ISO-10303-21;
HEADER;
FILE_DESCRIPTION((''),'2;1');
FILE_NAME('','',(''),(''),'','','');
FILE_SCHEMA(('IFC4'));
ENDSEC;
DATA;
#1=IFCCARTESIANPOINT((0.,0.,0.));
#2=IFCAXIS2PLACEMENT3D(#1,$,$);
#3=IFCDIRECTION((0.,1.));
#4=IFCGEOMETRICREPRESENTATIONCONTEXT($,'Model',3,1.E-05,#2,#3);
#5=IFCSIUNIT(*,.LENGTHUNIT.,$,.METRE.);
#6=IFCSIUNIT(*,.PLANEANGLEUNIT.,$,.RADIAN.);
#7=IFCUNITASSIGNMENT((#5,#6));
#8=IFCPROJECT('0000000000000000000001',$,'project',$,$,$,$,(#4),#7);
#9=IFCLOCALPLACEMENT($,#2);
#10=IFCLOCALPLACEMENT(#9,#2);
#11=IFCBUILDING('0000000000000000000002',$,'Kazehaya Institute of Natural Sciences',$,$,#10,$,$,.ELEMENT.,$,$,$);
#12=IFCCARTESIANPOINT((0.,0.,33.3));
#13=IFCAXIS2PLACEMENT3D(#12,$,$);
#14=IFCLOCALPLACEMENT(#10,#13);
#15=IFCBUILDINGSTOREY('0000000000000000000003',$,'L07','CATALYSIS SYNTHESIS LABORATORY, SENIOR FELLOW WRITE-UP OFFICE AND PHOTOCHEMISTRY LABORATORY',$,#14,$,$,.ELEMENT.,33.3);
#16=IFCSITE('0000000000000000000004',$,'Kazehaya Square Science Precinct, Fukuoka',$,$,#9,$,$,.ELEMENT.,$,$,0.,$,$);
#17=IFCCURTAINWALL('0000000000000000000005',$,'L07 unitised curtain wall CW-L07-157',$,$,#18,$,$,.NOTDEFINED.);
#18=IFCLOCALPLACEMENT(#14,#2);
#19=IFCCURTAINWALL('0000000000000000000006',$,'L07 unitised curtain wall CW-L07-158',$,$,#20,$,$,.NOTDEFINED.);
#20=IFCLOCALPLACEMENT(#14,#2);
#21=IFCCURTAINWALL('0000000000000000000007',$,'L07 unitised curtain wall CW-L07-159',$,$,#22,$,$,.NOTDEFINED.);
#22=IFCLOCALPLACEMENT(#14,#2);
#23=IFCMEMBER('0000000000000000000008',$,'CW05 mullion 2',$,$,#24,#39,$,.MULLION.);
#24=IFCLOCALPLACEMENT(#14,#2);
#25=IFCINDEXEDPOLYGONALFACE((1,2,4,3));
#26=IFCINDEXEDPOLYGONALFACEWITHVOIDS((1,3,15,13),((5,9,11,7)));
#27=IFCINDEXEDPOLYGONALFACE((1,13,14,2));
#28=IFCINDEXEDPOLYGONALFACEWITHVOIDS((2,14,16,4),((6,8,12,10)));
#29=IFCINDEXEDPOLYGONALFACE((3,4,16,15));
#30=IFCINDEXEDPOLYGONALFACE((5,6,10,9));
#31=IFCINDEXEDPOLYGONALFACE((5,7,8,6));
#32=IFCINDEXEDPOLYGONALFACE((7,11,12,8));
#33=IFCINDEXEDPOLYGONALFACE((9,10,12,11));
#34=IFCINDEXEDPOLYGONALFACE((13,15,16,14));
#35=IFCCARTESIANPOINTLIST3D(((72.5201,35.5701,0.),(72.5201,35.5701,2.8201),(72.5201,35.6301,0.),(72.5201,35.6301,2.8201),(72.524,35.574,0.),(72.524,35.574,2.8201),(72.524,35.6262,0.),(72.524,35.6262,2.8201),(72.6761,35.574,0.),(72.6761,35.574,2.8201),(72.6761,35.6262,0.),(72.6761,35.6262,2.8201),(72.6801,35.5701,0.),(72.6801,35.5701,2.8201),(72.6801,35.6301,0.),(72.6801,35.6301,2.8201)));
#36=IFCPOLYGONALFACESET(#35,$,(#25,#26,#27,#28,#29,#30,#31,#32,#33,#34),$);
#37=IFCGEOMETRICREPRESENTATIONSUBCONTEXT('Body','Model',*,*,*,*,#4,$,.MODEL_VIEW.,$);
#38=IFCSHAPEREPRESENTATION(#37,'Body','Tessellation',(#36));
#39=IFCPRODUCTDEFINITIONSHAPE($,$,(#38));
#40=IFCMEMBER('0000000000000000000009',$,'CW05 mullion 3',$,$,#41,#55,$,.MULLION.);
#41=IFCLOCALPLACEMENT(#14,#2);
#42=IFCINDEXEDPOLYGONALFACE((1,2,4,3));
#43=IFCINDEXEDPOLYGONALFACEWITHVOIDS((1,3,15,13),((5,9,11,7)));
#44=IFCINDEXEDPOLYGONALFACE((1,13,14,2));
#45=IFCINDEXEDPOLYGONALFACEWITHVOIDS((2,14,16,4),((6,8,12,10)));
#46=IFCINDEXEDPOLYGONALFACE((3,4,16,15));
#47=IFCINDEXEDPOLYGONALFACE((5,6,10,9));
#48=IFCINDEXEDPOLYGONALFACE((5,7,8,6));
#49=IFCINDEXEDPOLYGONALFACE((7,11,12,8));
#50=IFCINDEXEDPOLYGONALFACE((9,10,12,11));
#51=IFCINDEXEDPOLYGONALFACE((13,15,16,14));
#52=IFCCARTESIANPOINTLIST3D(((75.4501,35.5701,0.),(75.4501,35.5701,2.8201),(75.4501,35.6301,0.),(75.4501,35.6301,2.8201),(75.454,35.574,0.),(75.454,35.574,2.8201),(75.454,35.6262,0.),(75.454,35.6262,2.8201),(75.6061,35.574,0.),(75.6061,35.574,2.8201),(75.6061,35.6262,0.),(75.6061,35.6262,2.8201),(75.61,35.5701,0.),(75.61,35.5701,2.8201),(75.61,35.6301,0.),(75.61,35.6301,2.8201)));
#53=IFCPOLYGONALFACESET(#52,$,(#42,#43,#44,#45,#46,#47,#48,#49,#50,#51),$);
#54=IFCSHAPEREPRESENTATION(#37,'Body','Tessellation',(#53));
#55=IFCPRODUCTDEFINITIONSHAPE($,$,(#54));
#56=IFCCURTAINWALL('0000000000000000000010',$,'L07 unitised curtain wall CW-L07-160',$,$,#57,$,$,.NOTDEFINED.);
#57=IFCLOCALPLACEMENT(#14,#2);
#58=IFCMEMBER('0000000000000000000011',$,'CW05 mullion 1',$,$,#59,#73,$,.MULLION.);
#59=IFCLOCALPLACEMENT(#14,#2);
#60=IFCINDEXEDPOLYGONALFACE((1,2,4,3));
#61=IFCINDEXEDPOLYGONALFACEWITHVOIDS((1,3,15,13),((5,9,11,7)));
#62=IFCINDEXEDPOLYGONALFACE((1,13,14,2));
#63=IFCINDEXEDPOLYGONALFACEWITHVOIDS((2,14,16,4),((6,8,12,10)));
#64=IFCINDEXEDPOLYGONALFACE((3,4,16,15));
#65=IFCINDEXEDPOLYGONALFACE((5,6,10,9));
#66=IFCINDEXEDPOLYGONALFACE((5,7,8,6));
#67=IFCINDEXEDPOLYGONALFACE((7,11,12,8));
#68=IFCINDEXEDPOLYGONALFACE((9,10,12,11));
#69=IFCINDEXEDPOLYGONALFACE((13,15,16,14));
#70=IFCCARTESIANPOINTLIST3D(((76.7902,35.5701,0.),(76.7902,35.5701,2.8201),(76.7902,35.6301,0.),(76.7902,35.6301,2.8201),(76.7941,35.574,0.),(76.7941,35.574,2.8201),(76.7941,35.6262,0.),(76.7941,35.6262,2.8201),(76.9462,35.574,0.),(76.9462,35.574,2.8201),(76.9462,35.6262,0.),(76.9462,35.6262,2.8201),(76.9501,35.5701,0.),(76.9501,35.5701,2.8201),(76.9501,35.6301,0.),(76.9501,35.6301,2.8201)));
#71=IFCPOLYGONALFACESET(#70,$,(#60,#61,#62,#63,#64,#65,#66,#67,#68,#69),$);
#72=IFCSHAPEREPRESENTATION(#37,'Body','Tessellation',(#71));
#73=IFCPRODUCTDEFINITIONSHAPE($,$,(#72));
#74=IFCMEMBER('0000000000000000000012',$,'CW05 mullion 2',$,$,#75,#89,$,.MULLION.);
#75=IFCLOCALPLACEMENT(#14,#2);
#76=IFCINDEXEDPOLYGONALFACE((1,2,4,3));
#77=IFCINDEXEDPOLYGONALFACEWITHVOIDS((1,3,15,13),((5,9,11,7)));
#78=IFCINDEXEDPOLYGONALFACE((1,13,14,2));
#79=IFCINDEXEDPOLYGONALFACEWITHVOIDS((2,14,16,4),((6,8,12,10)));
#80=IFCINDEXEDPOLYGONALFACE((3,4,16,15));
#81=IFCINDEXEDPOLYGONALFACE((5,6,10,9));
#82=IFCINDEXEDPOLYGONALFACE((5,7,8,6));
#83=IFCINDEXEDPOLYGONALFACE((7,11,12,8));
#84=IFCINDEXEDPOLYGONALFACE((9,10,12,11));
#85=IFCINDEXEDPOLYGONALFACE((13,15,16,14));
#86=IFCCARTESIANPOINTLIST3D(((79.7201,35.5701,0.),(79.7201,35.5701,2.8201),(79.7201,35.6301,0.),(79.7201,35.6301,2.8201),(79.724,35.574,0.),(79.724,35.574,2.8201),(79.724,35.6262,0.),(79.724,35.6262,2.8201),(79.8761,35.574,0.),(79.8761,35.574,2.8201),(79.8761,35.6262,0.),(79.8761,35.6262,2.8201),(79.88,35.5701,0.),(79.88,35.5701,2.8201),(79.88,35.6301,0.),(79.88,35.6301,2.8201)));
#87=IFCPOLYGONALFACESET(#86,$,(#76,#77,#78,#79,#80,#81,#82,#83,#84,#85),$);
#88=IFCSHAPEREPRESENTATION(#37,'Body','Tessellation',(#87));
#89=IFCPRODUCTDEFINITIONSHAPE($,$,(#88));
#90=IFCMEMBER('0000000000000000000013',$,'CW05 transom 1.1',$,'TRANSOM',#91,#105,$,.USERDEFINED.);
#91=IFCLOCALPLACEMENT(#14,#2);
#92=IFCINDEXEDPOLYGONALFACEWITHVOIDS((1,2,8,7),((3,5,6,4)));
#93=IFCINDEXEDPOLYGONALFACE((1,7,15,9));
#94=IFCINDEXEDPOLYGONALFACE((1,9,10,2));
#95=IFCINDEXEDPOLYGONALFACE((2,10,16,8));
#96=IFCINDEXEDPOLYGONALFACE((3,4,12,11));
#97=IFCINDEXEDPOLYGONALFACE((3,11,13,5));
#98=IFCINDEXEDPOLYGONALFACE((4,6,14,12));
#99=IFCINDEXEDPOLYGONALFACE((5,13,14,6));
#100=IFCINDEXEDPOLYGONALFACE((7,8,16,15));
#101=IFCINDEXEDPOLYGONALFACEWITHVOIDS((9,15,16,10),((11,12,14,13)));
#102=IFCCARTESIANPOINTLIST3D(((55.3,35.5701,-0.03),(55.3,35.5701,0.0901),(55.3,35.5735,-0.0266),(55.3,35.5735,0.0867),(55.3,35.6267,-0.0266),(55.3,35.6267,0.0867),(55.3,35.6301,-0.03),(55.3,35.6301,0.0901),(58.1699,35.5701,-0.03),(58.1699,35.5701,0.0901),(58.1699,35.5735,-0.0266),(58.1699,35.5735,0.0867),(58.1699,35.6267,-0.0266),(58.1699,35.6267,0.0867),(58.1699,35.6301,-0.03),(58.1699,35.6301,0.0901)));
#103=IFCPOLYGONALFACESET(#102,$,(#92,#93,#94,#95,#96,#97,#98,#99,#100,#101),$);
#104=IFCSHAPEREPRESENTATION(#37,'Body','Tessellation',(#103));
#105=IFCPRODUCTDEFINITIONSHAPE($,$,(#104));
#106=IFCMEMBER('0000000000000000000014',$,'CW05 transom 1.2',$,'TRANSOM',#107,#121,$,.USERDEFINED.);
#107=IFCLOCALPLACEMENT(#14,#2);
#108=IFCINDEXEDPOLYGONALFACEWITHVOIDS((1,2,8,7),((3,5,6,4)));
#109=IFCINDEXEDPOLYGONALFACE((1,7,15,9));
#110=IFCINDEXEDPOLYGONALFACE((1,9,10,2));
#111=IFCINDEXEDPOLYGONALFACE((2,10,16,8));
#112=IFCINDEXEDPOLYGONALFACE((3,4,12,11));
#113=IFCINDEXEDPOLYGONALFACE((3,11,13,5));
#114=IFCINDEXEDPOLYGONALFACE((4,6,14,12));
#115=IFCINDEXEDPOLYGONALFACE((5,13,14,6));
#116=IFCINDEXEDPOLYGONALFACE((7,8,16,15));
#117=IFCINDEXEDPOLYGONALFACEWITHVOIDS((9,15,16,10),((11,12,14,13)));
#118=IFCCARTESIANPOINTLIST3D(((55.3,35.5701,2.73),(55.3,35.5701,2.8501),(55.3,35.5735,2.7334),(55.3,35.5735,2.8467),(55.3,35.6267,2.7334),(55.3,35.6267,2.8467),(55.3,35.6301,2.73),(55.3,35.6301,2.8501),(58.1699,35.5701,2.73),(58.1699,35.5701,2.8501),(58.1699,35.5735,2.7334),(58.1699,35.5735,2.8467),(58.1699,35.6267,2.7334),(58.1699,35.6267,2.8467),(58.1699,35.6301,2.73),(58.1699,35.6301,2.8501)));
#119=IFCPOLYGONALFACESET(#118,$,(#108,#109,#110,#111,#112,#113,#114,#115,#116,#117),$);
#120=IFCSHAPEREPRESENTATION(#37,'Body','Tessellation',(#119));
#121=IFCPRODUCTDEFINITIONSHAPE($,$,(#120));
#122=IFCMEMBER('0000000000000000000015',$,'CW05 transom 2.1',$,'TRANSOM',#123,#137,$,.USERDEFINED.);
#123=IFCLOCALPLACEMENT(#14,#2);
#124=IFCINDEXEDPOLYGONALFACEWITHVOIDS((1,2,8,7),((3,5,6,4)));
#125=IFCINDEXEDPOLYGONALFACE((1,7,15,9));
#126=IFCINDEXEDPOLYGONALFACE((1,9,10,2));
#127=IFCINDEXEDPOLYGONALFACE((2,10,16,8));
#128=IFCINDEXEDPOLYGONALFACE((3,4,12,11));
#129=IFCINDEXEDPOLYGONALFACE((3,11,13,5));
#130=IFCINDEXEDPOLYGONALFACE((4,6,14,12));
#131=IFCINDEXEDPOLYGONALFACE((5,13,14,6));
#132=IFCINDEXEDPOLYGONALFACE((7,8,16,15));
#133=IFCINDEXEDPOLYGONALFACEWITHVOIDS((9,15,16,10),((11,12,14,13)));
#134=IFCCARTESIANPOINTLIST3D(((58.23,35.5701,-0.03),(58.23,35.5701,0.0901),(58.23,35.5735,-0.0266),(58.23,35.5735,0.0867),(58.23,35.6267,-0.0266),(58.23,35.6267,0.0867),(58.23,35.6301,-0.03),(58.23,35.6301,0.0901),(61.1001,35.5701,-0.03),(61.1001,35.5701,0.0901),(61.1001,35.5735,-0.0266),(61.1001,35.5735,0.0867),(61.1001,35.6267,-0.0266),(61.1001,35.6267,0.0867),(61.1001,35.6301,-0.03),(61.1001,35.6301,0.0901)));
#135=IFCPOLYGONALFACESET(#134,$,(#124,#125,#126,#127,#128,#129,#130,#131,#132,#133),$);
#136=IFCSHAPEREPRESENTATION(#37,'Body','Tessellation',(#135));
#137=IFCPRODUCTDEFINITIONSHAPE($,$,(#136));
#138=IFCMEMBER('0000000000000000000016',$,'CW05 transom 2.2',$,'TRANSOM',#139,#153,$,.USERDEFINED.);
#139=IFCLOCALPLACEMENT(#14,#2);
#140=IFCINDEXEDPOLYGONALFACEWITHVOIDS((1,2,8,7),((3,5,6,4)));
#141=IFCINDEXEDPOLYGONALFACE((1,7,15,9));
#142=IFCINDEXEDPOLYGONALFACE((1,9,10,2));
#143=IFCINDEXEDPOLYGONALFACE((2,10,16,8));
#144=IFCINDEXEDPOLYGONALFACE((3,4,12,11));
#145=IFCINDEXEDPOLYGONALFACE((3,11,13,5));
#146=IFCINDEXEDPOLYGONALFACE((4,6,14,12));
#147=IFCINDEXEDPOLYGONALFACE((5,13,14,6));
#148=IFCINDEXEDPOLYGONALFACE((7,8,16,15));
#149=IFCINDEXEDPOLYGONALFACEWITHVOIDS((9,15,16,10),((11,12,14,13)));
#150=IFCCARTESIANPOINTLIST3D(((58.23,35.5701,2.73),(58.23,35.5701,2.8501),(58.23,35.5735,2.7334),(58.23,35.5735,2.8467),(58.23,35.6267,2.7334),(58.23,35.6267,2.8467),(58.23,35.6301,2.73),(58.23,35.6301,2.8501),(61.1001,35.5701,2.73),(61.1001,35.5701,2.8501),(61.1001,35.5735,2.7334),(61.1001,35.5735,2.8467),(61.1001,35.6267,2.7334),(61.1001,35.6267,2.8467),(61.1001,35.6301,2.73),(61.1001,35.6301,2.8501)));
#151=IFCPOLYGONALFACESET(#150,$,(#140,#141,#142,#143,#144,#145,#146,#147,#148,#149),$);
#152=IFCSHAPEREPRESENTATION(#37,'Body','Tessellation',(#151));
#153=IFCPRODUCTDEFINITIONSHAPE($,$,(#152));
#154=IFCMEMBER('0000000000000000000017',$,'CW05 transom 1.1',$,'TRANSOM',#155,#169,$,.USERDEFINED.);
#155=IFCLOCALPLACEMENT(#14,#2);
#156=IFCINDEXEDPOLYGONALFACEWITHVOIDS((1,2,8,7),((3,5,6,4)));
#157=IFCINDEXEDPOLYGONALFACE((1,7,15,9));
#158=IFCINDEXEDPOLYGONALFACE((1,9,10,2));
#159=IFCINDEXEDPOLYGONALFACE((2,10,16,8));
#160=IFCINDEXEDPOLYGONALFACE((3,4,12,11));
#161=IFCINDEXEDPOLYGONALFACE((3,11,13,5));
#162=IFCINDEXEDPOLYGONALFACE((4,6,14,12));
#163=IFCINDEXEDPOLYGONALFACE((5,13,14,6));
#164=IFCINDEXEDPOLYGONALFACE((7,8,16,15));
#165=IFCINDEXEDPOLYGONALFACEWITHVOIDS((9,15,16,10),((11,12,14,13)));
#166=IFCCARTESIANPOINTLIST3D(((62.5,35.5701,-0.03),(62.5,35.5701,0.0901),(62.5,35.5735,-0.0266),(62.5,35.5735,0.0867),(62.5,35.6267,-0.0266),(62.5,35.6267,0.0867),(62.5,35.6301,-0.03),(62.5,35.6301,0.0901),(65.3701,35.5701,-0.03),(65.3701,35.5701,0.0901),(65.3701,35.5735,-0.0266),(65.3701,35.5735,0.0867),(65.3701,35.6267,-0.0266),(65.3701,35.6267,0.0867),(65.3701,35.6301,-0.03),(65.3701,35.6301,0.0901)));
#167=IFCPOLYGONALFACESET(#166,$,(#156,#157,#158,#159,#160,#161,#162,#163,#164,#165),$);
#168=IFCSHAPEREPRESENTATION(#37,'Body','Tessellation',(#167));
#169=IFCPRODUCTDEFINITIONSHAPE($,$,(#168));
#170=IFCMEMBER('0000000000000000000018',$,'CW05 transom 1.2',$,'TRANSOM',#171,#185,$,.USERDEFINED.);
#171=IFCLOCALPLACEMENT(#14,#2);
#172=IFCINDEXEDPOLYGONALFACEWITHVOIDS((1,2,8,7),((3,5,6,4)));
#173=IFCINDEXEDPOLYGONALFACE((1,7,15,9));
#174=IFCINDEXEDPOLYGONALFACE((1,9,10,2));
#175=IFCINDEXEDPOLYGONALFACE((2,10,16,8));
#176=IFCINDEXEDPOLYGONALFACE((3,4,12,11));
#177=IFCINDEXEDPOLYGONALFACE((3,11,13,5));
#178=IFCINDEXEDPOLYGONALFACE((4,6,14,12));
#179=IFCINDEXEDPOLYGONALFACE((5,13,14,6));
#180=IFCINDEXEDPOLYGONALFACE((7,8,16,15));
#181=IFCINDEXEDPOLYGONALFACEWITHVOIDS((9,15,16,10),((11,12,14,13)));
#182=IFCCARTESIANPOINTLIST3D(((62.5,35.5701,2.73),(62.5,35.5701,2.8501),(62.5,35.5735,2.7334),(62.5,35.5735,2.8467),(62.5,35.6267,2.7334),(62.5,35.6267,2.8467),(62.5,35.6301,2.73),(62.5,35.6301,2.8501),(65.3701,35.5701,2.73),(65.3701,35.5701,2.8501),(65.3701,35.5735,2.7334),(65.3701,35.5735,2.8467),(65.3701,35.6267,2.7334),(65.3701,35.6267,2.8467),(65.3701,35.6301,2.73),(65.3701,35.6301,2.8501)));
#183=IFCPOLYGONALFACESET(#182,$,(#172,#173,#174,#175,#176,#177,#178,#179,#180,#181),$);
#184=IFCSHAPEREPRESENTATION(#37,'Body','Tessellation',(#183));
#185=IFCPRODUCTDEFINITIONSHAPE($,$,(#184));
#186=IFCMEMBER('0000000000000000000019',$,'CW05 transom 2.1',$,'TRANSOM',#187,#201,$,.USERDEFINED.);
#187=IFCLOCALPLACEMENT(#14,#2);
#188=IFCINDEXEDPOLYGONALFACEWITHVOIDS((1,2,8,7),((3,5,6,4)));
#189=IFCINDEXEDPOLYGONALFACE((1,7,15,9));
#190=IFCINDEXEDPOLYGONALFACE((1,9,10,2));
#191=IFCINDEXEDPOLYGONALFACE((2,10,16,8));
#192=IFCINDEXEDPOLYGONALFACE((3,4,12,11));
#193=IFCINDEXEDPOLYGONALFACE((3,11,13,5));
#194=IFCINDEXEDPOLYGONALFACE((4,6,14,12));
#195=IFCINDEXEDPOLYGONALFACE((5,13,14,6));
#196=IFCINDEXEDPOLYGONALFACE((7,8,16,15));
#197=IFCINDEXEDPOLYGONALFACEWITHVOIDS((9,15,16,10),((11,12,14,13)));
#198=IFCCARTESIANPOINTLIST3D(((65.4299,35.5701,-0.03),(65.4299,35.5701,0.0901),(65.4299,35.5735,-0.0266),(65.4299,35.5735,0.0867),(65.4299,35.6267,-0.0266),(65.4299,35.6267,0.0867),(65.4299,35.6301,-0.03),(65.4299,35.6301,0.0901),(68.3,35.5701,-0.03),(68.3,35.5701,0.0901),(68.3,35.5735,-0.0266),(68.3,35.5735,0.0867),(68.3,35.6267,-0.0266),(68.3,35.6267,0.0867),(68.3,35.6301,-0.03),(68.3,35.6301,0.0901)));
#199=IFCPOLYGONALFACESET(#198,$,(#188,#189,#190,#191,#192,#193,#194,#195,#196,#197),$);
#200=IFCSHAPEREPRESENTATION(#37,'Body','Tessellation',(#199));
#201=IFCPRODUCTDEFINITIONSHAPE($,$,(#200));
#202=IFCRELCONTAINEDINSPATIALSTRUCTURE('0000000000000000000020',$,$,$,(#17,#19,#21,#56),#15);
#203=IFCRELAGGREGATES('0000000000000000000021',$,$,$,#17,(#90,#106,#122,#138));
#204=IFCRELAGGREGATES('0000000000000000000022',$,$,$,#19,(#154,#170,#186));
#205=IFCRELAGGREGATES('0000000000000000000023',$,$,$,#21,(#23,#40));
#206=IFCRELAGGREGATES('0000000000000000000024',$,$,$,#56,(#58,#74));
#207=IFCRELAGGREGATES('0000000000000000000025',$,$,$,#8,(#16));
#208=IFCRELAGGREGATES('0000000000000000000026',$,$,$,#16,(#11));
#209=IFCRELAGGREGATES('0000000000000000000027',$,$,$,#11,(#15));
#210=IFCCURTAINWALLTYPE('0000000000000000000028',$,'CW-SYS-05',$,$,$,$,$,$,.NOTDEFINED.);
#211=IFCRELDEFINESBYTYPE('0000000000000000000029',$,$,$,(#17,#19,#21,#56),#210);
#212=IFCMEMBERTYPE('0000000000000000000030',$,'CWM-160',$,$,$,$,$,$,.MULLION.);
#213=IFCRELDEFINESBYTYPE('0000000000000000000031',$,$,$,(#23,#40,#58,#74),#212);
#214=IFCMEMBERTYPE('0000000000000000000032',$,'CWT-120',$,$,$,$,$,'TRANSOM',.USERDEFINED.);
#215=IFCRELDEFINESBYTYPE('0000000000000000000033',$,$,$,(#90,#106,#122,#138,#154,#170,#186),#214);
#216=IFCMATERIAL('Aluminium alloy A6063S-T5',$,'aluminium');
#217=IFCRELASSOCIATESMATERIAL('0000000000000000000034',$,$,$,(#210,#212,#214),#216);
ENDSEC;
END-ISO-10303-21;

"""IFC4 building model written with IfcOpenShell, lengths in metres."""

from ifc_helpers import new_model, si_unit, direction, frame, origin, origin_2d, place, context, subcontext, project, spatial, hollow_rectangle, extrude, material, material_profile, profile_set, type_object, element, aggregate, save


model = new_model("IFC4")

# Units and contexts
model_context = context("Model", 3, precision=1e-05, world=origin(), true_north=direction((0.0, 1.0)))
body_context = subcontext(model_context, "Body", "Model", "MODEL_VIEW")
ifc_project = project(units=[si_unit("LENGTHUNIT", "METRE"), si_unit("PLANEANGLEUNIT", "RADIAN")], contexts=[model_context])

# Site, building, storey
site_placement = place(None, origin())
site = spatial("IfcSite", under=ifc_project, at=site_placement, Name="Kazehaya Square Science Precinct, Fukuoka", CompositionType="ELEMENT", RefElevation=0.0)
building_placement = place(site_placement, origin())
building = spatial("IfcBuilding", under=site, at=building_placement, Name="Kazehaya Institute of Natural Sciences", CompositionType="ELEMENT")
storey_placement = place(building_placement, frame((0.0, 0.0, 33.3)))
storey = spatial("IfcBuildingStorey", under=building, at=storey_placement, Name="L07", Description="CATALYSIS SYNTHESIS LABORATORY, SENIOR FELLOW WRITE-UP OFFICE AND PHOTOCHEMISTRY LABORATORY", CompositionType="ELEMENT", Elevation=33.3)

# Curtain walls, members
ifc_material_1 = material(Name="Aluminium alloy A6063S-T5", Category="aluminium")
curtain_wall_type = type_object("IfcCurtainWallType", Name="CW-SYS-05", PredefinedType="NOTDEFINED", material=ifc_material_1)
curtain_wall_1_placement = place(storey_placement, origin())
curtain_wall_1 = element("IfcCurtainWall", 1, at=curtain_wall_1_placement, inside=storey, type_object=curtain_wall_type, Name="L07 unitised curtain wall CW-L07-157", PredefinedType="NOTDEFINED")
ifc_material_profile_1 = material_profile(ifc_material_1, hollow_rectangle(XDim=0.0601, YDim=0.1599, WallThickness=0.0039, at=origin_2d()), Name="ALU-60x160x4")
ifc_profile_set_1 = profile_set([ifc_material_profile_1], Name="Aluminium alloy A6063S-T5")
member_type_1 = type_object("IfcMemberType", Name="CWM-160", PredefinedType="MULLION", material=ifc_profile_set_1)
curtain_wall_2_placement = place(storey_placement, origin())
curtain_wall_2 = element("IfcCurtainWall", 2, at=curtain_wall_2_placement, inside=storey, type_object=curtain_wall_type, Name="L07 unitised curtain wall CW-L07-158", PredefinedType="NOTDEFINED")
curtain_wall_3_placement = place(storey_placement, origin())
curtain_wall_3 = element("IfcCurtainWall", 3, at=curtain_wall_3_placement, inside=storey, type_object=curtain_wall_type, Name="L07 unitised curtain wall CW-L07-159", PredefinedType="NOTDEFINED")
member_1_placement = place(storey_placement, frame((72.6001, 35.6001, 0.0), z_axis=(0.0, 0.0, 1.0), x_axis=(0.0, 1.0, 0.0)))
member_1 = element("IfcMember", 4, at=member_1_placement, type_object=member_type_1, Name="CW05 mullion 2", PredefinedType="MULLION", context=body_context, shape_type="SweptSolid", body=[
    extrude(hollow_rectangle(XDim=0.0601, YDim=0.1599, WallThickness=0.0039, at=origin_2d()), origin(), (0.0, 0.0, 1.0), 2.8201),
])
member_2_placement = place(storey_placement, frame((75.53, 35.6001, 0.0), z_axis=(0.0, 0.0, 1.0), x_axis=(0.0, 1.0, 0.0)))
member_2 = element("IfcMember", 5, at=member_2_placement, type_object=member_type_1, Name="CW05 mullion 3", PredefinedType="MULLION", context=body_context, shape_type="SweptSolid", body=[
    extrude(hollow_rectangle(XDim=0.0601, YDim=0.1599, WallThickness=0.0039, at=origin_2d()), origin(), (0.0, 0.0, 1.0), 2.8201),
])
curtain_wall_4_placement = place(storey_placement, origin())
curtain_wall_4 = element("IfcCurtainWall", 6, at=curtain_wall_4_placement, inside=storey, type_object=curtain_wall_type, Name="L07 unitised curtain wall CW-L07-160", PredefinedType="NOTDEFINED")
member_3_placement = place(storey_placement, frame((76.8701, 35.6001, 0.0), z_axis=(0.0, 0.0, 1.0), x_axis=(0.0, 1.0, 0.0)))
member_3 = element("IfcMember", 7, at=member_3_placement, type_object=member_type_1, Name="CW05 mullion 1", PredefinedType="MULLION", context=body_context, shape_type="SweptSolid", body=[
    extrude(hollow_rectangle(XDim=0.0601, YDim=0.1599, WallThickness=0.0039, at=origin_2d()), origin(), (0.0, 0.0, 1.0), 2.8201),
])
member_4_placement = place(storey_placement, frame((79.8, 35.6001, 0.0), z_axis=(0.0, 0.0, 1.0), x_axis=(0.0, 1.0, 0.0)))
member_4 = element("IfcMember", 8, at=member_4_placement, type_object=member_type_1, Name="CW05 mullion 2", PredefinedType="MULLION", context=body_context, shape_type="SweptSolid", body=[
    extrude(hollow_rectangle(XDim=0.0601, YDim=0.1599, WallThickness=0.0039, at=origin_2d()), origin(), (0.0, 0.0, 1.0), 2.8201),
])

# Members
ifc_material_profile_2 = material_profile(ifc_material_1, hollow_rectangle(XDim=0.0601, YDim=0.1201, WallThickness=0.0034, at=origin_2d()), Name="ALU-60x120x3.5")
ifc_profile_set_2 = profile_set([ifc_material_profile_2], Name="Aluminium alloy A6063S-T5")
member_type_2 = type_object("IfcMemberType", Name="CWT-120", ElementType="TRANSOM", PredefinedType="USERDEFINED", material=ifc_profile_set_2)
member_5_placement = place(storey_placement, frame((55.3, 35.6001, 0.03), z_axis=(1.0, 0.0, 0.0), x_axis=(0.0, 1.0, 0.0)))
member_5 = element("IfcMember", 9, at=member_5_placement, type_object=member_type_2, Name="CW05 transom 1.1", ObjectType="TRANSOM", PredefinedType="USERDEFINED", context=body_context, shape_type="SweptSolid", body=[
    extrude(hollow_rectangle(XDim=0.0601, YDim=0.1201, WallThickness=0.0034, at=origin_2d()), origin(), (0.0, 0.0, 1.0), 2.8699),
])
member_6_placement = place(storey_placement, frame((55.3, 35.6001, 2.79), z_axis=(1.0, 0.0, 0.0), x_axis=(0.0, 1.0, 0.0)))
member_6 = element("IfcMember", 10, at=member_6_placement, type_object=member_type_2, Name="CW05 transom 1.2", ObjectType="TRANSOM", PredefinedType="USERDEFINED", context=body_context, shape_type="SweptSolid", body=[
    extrude(hollow_rectangle(XDim=0.0601, YDim=0.1201, WallThickness=0.0034, at=origin_2d()), origin(), (0.0, 0.0, 1.0), 2.8699),
])
member_7_placement = place(storey_placement, frame((58.23, 35.6001, 0.03), z_axis=(1.0, 0.0, 0.0), x_axis=(0.0, 1.0, 0.0)))
member_7 = element("IfcMember", 11, at=member_7_placement, type_object=member_type_2, Name="CW05 transom 2.1", ObjectType="TRANSOM", PredefinedType="USERDEFINED", context=body_context, shape_type="SweptSolid", body=[
    extrude(hollow_rectangle(XDim=0.0601, YDim=0.1201, WallThickness=0.0034, at=origin_2d()), origin(), (0.0, 0.0, 1.0), 2.8701),
])
member_8_placement = place(storey_placement, frame((58.23, 35.6001, 2.79), z_axis=(1.0, 0.0, 0.0), x_axis=(0.0, 1.0, 0.0)))
member_8 = element("IfcMember", 12, at=member_8_placement, type_object=member_type_2, Name="CW05 transom 2.2", ObjectType="TRANSOM", PredefinedType="USERDEFINED", context=body_context, shape_type="SweptSolid", body=[
    extrude(hollow_rectangle(XDim=0.0601, YDim=0.1201, WallThickness=0.0034, at=origin_2d()), origin(), (0.0, 0.0, 1.0), 2.8701),
])
member_9_placement = place(storey_placement, frame((62.5, 35.6001, 0.03), z_axis=(1.0, 0.0, 0.0), x_axis=(0.0, 1.0, 0.0)))
member_9 = element("IfcMember", 13, at=member_9_placement, type_object=member_type_2, Name="CW05 transom 1.1", ObjectType="TRANSOM", PredefinedType="USERDEFINED", context=body_context, shape_type="SweptSolid", body=[
    extrude(hollow_rectangle(XDim=0.0601, YDim=0.1201, WallThickness=0.0034, at=origin_2d()), origin(), (0.0, 0.0, 1.0), 2.8701),
])
member_10_placement = place(storey_placement, frame((62.5, 35.6001, 2.79), z_axis=(1.0, 0.0, 0.0), x_axis=(0.0, 1.0, 0.0)))
member_10 = element("IfcMember", 14, at=member_10_placement, type_object=member_type_2, Name="CW05 transom 1.2", ObjectType="TRANSOM", PredefinedType="USERDEFINED", context=body_context, shape_type="SweptSolid", body=[
    extrude(hollow_rectangle(XDim=0.0601, YDim=0.1201, WallThickness=0.0034, at=origin_2d()), origin(), (0.0, 0.0, 1.0), 2.8701),
])
member_11_placement = place(storey_placement, frame((65.4299, 35.6001, 0.03), z_axis=(1.0, 0.0, 0.0), x_axis=(0.0, 1.0, 0.0)))
member_11 = element("IfcMember", 15, at=member_11_placement, type_object=member_type_2, Name="CW05 transom 2.1", ObjectType="TRANSOM", PredefinedType="USERDEFINED", context=body_context, shape_type="SweptSolid", body=[
    extrude(hollow_rectangle(XDim=0.0601, YDim=0.1201, WallThickness=0.0034, at=origin_2d()), origin(), (0.0, 0.0, 1.0), 2.8701),
])

aggregate(curtain_wall_1, [member_5, member_6, member_7, member_8])
aggregate(curtain_wall_2, [member_9, member_10, member_11])
aggregate(curtain_wall_3, [member_1, member_2])
aggregate(curtain_wall_4, [member_3, member_4])

save(model, "model.ifc")
